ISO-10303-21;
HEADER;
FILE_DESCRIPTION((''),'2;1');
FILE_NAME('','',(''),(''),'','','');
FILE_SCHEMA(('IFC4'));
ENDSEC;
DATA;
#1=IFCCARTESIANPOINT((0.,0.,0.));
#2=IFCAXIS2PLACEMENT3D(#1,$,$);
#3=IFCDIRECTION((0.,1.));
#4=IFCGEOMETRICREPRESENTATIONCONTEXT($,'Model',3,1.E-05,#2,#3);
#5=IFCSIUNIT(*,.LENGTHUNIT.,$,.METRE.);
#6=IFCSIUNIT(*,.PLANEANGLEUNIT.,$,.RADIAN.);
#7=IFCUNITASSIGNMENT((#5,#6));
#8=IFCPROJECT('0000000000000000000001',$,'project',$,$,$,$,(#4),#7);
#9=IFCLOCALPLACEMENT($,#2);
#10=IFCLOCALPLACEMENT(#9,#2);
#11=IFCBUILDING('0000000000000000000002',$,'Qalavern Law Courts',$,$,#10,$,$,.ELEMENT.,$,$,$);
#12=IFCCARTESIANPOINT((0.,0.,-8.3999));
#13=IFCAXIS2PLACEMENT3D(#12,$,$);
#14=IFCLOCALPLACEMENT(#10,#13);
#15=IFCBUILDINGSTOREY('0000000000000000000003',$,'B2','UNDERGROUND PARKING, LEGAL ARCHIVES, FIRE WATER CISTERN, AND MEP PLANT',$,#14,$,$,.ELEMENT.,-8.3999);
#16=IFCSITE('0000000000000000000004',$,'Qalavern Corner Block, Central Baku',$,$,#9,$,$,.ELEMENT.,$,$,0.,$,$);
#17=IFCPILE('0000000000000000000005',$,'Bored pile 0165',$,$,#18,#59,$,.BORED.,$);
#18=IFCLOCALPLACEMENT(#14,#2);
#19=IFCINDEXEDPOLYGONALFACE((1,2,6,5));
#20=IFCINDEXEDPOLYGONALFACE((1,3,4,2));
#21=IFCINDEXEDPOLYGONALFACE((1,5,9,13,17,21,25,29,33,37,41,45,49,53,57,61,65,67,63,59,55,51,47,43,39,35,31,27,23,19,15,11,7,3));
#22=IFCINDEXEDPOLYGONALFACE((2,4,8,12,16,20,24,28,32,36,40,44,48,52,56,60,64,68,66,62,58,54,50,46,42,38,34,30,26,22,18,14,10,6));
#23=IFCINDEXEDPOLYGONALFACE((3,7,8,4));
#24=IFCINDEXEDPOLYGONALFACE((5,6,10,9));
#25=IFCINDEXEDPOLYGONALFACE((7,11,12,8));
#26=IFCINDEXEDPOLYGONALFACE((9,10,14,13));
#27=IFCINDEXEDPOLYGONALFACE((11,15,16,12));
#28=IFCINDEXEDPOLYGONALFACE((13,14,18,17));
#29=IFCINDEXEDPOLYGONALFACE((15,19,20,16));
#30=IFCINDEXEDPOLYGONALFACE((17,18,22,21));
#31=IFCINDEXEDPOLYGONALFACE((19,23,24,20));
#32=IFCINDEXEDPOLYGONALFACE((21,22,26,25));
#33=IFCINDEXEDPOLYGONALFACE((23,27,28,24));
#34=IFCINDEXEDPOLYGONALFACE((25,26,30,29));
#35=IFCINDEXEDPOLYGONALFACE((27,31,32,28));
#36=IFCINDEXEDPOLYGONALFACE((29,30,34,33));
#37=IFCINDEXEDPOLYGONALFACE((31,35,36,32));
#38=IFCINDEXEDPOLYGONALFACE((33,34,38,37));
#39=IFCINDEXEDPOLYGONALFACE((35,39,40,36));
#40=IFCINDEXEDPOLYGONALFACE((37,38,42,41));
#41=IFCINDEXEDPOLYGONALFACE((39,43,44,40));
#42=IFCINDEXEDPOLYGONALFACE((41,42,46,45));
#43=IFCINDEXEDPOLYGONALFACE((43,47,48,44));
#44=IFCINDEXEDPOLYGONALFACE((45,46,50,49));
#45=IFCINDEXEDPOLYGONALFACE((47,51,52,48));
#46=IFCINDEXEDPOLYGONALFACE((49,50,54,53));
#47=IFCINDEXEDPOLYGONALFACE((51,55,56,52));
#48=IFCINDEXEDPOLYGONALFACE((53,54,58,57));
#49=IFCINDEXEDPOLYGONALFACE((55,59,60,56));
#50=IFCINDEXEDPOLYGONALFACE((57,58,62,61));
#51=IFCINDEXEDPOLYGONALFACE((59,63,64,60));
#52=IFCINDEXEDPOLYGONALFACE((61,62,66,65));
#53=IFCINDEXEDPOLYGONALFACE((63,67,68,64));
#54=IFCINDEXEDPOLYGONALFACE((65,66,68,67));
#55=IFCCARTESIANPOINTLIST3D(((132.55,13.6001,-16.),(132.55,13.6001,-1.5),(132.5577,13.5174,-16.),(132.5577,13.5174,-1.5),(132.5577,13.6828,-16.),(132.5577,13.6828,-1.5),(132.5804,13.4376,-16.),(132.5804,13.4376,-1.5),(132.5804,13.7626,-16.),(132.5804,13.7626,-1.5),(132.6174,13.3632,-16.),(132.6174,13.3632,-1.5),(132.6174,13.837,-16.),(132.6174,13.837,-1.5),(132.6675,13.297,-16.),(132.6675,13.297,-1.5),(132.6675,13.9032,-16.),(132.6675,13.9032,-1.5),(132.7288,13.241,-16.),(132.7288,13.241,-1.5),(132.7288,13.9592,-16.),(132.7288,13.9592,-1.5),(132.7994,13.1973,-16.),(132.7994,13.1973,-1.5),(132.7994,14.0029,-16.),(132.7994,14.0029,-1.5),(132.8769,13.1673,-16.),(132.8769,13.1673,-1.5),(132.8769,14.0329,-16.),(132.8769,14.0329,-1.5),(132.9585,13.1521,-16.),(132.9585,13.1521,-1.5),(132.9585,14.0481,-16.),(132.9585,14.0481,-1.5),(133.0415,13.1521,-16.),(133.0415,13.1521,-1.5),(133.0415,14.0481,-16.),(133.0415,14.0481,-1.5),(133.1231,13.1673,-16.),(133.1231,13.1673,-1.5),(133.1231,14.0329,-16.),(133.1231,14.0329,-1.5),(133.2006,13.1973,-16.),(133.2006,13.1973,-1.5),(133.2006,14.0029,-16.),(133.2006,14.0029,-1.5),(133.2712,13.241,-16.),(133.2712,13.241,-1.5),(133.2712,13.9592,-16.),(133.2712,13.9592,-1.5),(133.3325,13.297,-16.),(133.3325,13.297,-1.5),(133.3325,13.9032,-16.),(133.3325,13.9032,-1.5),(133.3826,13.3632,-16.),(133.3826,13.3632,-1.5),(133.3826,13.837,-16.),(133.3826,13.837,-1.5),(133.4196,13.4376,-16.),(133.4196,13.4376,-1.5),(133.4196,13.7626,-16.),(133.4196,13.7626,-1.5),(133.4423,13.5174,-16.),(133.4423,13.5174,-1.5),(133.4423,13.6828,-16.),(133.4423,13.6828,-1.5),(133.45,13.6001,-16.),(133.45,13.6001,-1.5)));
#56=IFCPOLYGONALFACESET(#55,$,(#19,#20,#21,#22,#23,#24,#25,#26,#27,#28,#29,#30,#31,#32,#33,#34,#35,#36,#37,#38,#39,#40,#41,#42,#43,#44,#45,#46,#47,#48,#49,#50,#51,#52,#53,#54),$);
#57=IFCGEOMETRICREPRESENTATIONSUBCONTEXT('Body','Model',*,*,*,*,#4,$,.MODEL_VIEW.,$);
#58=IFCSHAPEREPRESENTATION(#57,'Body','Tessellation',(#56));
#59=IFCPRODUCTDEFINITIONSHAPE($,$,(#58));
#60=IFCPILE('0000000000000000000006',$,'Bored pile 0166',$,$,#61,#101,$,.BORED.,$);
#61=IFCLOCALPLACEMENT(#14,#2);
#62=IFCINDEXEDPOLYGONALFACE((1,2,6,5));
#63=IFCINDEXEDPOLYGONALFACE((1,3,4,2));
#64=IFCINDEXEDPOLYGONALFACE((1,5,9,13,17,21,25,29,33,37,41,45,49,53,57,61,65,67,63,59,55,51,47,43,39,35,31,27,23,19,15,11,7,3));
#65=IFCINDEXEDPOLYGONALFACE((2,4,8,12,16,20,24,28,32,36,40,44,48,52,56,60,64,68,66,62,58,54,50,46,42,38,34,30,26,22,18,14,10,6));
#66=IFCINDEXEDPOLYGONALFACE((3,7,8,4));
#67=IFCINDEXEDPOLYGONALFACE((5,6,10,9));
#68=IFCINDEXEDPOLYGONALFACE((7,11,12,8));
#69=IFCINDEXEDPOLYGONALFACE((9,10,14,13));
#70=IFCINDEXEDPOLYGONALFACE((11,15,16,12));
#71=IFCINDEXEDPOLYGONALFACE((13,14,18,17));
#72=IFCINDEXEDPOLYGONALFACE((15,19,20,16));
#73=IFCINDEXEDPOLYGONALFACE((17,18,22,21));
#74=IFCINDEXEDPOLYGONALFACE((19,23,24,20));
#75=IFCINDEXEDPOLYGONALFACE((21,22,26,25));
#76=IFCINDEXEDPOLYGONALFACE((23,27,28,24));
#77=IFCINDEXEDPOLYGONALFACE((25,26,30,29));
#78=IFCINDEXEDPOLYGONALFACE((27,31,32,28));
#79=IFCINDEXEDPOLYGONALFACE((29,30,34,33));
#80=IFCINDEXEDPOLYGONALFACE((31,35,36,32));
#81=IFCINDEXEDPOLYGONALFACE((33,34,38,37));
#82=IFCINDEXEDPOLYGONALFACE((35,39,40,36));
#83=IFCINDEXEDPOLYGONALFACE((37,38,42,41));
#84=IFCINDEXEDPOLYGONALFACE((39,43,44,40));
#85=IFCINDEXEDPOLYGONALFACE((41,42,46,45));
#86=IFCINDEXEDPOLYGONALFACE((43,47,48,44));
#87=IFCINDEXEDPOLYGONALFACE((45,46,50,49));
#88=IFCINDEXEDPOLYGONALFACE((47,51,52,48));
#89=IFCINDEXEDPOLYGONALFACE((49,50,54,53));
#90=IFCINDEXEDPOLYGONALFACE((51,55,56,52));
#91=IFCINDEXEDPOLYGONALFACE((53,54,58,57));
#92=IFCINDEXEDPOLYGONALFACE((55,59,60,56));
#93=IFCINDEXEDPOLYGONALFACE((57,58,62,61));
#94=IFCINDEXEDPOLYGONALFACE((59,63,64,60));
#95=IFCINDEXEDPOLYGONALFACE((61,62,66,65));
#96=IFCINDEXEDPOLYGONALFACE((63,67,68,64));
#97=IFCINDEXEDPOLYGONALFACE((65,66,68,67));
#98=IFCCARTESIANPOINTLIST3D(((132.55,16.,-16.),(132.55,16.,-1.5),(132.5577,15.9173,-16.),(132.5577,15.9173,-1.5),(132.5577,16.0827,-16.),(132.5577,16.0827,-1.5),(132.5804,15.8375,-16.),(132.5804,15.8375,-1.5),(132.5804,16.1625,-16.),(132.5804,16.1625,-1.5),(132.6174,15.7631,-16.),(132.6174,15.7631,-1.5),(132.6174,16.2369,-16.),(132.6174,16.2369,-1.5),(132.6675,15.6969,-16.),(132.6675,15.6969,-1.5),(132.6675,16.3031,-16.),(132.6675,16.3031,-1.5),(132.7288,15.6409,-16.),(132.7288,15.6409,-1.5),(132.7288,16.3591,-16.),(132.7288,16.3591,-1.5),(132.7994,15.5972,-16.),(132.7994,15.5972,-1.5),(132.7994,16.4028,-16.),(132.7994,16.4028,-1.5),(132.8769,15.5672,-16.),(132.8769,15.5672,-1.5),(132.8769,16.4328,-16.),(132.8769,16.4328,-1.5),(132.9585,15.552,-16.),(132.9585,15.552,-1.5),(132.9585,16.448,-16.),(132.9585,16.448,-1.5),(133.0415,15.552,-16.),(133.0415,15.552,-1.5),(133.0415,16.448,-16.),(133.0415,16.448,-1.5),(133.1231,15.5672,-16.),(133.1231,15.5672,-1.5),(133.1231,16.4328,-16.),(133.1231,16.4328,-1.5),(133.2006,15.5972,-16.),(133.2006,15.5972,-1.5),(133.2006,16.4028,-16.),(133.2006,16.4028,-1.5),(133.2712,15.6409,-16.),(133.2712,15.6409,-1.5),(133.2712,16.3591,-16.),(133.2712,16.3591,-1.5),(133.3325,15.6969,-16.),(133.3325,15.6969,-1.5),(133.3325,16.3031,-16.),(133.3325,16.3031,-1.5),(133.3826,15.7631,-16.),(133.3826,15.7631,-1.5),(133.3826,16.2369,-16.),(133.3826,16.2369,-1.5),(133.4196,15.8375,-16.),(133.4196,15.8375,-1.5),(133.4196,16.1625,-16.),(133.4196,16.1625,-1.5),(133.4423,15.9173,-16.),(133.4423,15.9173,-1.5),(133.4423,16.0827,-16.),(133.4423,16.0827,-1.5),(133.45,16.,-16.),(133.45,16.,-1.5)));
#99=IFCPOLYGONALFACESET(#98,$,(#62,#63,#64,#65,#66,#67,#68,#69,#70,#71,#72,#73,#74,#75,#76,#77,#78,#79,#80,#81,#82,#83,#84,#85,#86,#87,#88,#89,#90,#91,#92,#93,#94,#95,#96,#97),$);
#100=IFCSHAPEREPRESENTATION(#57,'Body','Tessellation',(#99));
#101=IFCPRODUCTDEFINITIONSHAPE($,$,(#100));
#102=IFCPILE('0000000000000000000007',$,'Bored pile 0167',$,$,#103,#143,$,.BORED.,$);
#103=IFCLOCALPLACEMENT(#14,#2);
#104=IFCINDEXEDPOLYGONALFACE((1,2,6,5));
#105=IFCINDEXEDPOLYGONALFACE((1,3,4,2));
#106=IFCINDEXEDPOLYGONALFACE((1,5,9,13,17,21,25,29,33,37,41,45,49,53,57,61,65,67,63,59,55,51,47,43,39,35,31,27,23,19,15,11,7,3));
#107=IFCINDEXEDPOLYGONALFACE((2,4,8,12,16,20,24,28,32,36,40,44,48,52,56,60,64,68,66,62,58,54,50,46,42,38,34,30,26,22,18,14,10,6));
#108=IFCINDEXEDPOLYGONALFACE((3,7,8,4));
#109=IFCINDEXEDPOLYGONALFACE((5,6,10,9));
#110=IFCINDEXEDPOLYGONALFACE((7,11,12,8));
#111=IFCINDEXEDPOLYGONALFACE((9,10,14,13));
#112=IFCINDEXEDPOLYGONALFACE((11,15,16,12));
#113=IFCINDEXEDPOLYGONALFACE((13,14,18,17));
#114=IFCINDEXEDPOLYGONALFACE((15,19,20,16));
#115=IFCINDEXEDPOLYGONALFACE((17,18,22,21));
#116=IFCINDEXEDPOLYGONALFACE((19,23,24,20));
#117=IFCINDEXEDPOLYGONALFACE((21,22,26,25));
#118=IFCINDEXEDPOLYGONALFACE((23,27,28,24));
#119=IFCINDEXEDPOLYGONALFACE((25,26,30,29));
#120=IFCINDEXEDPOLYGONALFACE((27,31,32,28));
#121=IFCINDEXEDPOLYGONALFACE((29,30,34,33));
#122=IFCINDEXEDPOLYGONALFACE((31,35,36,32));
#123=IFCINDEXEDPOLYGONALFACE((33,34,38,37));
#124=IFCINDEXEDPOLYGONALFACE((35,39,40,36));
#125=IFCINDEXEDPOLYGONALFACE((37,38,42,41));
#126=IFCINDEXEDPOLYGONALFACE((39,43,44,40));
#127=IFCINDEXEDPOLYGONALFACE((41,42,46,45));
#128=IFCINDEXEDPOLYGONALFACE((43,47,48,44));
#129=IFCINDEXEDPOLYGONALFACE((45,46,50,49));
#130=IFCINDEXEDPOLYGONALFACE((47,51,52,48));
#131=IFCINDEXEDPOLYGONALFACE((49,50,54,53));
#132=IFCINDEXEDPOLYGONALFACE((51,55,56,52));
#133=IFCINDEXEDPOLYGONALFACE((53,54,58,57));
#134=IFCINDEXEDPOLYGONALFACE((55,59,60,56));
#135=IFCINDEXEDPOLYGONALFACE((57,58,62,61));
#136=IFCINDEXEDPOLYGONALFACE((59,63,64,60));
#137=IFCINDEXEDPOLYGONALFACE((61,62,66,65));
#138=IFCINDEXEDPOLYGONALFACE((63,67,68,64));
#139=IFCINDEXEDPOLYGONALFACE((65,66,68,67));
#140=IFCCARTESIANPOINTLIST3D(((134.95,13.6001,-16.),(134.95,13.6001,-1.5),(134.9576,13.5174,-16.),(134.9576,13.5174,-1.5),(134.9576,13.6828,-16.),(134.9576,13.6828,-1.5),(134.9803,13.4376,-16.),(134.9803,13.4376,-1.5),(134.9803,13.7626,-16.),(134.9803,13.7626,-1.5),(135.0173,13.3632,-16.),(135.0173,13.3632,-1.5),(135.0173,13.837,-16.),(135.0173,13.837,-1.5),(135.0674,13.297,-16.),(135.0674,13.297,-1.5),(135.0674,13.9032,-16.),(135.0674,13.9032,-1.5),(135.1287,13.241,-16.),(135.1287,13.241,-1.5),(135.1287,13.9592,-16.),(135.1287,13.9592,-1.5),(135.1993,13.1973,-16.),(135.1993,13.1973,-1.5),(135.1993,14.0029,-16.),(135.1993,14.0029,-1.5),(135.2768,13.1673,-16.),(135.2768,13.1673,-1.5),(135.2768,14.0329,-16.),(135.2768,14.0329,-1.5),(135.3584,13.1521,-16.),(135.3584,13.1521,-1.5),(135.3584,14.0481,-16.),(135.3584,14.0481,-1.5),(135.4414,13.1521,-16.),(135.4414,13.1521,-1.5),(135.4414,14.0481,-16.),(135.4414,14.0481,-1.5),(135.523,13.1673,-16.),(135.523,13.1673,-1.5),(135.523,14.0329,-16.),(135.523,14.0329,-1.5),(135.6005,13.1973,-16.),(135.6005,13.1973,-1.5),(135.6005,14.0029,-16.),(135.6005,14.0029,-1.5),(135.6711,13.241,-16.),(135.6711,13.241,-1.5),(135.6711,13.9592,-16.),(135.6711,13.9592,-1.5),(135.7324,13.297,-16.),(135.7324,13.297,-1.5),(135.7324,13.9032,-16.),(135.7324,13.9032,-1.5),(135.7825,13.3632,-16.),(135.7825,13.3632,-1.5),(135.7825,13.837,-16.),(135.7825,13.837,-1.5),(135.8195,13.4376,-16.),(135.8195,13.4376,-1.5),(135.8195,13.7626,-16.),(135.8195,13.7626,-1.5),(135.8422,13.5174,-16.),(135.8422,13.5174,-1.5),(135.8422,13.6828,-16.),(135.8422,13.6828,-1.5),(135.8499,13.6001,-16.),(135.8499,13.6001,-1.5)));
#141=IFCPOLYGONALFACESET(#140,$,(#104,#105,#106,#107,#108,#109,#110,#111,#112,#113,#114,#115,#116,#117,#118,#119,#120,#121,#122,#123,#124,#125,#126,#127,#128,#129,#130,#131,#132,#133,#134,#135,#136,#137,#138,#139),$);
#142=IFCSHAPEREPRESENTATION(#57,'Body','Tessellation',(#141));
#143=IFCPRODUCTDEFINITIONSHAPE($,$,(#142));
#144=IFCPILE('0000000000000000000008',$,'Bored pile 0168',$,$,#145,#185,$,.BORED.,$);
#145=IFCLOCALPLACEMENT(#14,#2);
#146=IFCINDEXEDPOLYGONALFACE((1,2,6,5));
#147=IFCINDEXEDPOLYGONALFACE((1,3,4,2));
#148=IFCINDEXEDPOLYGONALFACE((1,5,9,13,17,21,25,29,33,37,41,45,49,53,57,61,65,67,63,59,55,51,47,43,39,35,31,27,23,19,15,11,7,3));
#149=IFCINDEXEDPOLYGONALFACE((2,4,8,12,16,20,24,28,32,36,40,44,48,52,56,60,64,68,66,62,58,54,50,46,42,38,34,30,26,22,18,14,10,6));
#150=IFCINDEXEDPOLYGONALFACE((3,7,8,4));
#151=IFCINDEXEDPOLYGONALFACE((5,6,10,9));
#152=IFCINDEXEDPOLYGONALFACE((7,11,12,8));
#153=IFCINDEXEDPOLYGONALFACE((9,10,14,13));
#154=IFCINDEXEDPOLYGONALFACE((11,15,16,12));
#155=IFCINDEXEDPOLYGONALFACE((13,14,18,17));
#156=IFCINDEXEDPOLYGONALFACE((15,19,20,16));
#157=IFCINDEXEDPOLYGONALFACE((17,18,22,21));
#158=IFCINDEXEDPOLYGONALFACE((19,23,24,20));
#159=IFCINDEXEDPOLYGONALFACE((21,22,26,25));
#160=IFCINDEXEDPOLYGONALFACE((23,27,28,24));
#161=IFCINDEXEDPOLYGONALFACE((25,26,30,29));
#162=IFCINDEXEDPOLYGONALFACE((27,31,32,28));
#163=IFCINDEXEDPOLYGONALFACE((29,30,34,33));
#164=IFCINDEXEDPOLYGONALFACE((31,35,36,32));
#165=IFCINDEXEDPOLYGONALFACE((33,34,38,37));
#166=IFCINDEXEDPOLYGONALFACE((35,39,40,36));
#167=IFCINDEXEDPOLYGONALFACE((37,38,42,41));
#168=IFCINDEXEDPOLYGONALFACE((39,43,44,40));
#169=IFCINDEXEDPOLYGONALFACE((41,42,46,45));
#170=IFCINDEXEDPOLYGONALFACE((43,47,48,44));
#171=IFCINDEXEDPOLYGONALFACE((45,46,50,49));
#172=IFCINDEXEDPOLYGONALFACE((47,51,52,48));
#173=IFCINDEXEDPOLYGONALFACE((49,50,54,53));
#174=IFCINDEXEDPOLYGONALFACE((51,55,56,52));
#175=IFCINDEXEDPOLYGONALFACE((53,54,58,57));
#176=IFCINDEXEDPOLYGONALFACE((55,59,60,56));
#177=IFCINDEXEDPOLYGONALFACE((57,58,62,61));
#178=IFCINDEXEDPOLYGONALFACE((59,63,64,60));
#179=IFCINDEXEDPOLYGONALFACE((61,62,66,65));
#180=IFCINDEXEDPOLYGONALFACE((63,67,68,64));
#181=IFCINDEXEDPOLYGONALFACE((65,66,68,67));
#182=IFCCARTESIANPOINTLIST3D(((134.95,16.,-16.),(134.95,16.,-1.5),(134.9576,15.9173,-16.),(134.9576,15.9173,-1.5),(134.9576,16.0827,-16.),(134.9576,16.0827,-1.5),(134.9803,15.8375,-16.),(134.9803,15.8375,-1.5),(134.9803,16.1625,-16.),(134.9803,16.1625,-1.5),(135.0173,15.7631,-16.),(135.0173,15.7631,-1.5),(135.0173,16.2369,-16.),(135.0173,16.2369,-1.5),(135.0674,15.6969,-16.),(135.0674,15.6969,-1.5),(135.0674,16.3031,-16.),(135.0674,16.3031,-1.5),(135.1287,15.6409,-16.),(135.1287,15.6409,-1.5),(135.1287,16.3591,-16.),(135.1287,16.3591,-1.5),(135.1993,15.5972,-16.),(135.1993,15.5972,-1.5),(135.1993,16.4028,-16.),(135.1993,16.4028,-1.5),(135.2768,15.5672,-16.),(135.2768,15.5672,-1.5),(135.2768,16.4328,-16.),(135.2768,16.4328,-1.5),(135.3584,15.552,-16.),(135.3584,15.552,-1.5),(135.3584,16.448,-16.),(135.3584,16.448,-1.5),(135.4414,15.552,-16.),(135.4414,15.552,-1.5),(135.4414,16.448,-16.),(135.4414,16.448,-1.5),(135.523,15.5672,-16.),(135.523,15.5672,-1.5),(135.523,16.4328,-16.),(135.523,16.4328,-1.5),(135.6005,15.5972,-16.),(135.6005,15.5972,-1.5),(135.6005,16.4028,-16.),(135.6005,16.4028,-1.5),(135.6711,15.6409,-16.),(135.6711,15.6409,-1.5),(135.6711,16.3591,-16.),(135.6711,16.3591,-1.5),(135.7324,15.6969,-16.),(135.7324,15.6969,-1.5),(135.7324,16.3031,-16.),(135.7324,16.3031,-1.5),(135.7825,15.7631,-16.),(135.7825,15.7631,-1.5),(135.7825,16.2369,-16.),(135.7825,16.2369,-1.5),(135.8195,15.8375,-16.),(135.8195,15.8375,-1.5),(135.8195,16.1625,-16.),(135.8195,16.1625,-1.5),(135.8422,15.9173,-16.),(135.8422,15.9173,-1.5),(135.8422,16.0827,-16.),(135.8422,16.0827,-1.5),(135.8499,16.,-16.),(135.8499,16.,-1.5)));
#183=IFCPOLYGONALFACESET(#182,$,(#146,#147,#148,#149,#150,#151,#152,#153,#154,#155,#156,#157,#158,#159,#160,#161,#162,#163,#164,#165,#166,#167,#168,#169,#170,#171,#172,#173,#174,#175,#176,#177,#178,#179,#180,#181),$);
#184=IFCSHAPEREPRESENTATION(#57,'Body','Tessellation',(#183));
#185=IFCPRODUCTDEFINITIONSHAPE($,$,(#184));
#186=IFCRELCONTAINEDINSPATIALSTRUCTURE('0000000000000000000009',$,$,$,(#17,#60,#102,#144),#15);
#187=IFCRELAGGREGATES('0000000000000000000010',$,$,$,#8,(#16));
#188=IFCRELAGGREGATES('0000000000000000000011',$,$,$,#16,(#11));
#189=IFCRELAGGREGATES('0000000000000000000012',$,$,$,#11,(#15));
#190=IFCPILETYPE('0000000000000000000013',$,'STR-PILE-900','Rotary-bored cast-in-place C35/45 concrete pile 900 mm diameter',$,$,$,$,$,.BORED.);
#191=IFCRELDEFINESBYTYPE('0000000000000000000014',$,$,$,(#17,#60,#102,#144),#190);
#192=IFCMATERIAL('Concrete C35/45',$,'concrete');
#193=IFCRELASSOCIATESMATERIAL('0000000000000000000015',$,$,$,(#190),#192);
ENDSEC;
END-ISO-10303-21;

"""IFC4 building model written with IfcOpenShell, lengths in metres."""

from ifc_helpers import new_model, si_unit, direction, frame, origin, origin_2d, place, context, subcontext, project, spatial, circle, extrude, material, material_profile, profile_set, type_object, element, save


model = new_model("IFC4")

# Units and contexts
model_context = context("Model", 3, precision=1e-05, world=origin(), true_north=direction((0.0, 1.0)))
body_context = subcontext(model_context, "Body", "Model", "MODEL_VIEW")
ifc_project = project(units=[si_unit("LENGTHUNIT", "METRE"), si_unit("PLANEANGLEUNIT", "RADIAN")], contexts=[model_context])

# Site, building, storey
site_placement = place(None, origin())
site = spatial("IfcSite", under=ifc_project, at=site_placement, Name="Qalavern Corner Block, Central Baku", CompositionType="ELEMENT", RefElevation=0.0)
building_placement = place(site_placement, origin())
building = spatial("IfcBuilding", under=site, at=building_placement, Name="Qalavern Law Courts", CompositionType="ELEMENT")
storey_placement = place(building_placement, frame((0.0, 0.0, -8.3999)))
storey = spatial("IfcBuildingStorey", under=building, at=storey_placement, Name="B2", Description="UNDERGROUND PARKING, LEGAL ARCHIVES, FIRE WATER CISTERN, AND MEP PLANT", CompositionType="ELEMENT", Elevation=-8.3999)

# Shared definitions
ifc_material_1 = material(Name="Concrete C35/45", Category="concrete")

# Piles
ifc_material_profile_1 = material_profile(ifc_material_1, circle(Radius=0.45, at=origin_2d()), Name="BORED PILE 900")
ifc_profile_set_1 = profile_set([ifc_material_profile_1], Name="Concrete C35/45")
pile_type_1 = type_object("IfcPileType", Name="STR-PILE-900", Description="Rotary-bored cast-in-place C35/45 concrete pile 900 mm diameter", PredefinedType="BORED", material=ifc_profile_set_1)
for number, where, z_axis, x_axis, name in (
    (1, (133.0, 13.6001, -1.5), (0.0, 0.0, -1.0), (1.0, 0.0, 0.0), "Bored pile 0165"),
    (2, (133.0, 16.0, -1.5), (0.0, 0.0, -1.0), (1.0, 0.0, 0.0), "Bored pile 0166"),
    (3, (135.3999, 13.6001, -1.5), (0.0, 0.0, -1.0), (1.0, 0.0, 0.0), "Bored pile 0167"),
    (4, (135.3999, 16.0, -1.5), (0.0, 0.0, -1.0), (1.0, 0.0, 0.0), "Bored pile 0168"),
):
    element("IfcPile", number, at=place(storey_placement, frame(where, z_axis=z_axis, x_axis=x_axis)), inside=storey, type_object=pile_type_1, Name=name, PredefinedType="BORED", context=body_context, shape_type="SweptSolid", body=[
        extrude(circle(Radius=0.45, at=origin_2d()), origin(), (0.0, 0.0, 1.0), 14.5),
    ])

save(model, "model.ifc")
